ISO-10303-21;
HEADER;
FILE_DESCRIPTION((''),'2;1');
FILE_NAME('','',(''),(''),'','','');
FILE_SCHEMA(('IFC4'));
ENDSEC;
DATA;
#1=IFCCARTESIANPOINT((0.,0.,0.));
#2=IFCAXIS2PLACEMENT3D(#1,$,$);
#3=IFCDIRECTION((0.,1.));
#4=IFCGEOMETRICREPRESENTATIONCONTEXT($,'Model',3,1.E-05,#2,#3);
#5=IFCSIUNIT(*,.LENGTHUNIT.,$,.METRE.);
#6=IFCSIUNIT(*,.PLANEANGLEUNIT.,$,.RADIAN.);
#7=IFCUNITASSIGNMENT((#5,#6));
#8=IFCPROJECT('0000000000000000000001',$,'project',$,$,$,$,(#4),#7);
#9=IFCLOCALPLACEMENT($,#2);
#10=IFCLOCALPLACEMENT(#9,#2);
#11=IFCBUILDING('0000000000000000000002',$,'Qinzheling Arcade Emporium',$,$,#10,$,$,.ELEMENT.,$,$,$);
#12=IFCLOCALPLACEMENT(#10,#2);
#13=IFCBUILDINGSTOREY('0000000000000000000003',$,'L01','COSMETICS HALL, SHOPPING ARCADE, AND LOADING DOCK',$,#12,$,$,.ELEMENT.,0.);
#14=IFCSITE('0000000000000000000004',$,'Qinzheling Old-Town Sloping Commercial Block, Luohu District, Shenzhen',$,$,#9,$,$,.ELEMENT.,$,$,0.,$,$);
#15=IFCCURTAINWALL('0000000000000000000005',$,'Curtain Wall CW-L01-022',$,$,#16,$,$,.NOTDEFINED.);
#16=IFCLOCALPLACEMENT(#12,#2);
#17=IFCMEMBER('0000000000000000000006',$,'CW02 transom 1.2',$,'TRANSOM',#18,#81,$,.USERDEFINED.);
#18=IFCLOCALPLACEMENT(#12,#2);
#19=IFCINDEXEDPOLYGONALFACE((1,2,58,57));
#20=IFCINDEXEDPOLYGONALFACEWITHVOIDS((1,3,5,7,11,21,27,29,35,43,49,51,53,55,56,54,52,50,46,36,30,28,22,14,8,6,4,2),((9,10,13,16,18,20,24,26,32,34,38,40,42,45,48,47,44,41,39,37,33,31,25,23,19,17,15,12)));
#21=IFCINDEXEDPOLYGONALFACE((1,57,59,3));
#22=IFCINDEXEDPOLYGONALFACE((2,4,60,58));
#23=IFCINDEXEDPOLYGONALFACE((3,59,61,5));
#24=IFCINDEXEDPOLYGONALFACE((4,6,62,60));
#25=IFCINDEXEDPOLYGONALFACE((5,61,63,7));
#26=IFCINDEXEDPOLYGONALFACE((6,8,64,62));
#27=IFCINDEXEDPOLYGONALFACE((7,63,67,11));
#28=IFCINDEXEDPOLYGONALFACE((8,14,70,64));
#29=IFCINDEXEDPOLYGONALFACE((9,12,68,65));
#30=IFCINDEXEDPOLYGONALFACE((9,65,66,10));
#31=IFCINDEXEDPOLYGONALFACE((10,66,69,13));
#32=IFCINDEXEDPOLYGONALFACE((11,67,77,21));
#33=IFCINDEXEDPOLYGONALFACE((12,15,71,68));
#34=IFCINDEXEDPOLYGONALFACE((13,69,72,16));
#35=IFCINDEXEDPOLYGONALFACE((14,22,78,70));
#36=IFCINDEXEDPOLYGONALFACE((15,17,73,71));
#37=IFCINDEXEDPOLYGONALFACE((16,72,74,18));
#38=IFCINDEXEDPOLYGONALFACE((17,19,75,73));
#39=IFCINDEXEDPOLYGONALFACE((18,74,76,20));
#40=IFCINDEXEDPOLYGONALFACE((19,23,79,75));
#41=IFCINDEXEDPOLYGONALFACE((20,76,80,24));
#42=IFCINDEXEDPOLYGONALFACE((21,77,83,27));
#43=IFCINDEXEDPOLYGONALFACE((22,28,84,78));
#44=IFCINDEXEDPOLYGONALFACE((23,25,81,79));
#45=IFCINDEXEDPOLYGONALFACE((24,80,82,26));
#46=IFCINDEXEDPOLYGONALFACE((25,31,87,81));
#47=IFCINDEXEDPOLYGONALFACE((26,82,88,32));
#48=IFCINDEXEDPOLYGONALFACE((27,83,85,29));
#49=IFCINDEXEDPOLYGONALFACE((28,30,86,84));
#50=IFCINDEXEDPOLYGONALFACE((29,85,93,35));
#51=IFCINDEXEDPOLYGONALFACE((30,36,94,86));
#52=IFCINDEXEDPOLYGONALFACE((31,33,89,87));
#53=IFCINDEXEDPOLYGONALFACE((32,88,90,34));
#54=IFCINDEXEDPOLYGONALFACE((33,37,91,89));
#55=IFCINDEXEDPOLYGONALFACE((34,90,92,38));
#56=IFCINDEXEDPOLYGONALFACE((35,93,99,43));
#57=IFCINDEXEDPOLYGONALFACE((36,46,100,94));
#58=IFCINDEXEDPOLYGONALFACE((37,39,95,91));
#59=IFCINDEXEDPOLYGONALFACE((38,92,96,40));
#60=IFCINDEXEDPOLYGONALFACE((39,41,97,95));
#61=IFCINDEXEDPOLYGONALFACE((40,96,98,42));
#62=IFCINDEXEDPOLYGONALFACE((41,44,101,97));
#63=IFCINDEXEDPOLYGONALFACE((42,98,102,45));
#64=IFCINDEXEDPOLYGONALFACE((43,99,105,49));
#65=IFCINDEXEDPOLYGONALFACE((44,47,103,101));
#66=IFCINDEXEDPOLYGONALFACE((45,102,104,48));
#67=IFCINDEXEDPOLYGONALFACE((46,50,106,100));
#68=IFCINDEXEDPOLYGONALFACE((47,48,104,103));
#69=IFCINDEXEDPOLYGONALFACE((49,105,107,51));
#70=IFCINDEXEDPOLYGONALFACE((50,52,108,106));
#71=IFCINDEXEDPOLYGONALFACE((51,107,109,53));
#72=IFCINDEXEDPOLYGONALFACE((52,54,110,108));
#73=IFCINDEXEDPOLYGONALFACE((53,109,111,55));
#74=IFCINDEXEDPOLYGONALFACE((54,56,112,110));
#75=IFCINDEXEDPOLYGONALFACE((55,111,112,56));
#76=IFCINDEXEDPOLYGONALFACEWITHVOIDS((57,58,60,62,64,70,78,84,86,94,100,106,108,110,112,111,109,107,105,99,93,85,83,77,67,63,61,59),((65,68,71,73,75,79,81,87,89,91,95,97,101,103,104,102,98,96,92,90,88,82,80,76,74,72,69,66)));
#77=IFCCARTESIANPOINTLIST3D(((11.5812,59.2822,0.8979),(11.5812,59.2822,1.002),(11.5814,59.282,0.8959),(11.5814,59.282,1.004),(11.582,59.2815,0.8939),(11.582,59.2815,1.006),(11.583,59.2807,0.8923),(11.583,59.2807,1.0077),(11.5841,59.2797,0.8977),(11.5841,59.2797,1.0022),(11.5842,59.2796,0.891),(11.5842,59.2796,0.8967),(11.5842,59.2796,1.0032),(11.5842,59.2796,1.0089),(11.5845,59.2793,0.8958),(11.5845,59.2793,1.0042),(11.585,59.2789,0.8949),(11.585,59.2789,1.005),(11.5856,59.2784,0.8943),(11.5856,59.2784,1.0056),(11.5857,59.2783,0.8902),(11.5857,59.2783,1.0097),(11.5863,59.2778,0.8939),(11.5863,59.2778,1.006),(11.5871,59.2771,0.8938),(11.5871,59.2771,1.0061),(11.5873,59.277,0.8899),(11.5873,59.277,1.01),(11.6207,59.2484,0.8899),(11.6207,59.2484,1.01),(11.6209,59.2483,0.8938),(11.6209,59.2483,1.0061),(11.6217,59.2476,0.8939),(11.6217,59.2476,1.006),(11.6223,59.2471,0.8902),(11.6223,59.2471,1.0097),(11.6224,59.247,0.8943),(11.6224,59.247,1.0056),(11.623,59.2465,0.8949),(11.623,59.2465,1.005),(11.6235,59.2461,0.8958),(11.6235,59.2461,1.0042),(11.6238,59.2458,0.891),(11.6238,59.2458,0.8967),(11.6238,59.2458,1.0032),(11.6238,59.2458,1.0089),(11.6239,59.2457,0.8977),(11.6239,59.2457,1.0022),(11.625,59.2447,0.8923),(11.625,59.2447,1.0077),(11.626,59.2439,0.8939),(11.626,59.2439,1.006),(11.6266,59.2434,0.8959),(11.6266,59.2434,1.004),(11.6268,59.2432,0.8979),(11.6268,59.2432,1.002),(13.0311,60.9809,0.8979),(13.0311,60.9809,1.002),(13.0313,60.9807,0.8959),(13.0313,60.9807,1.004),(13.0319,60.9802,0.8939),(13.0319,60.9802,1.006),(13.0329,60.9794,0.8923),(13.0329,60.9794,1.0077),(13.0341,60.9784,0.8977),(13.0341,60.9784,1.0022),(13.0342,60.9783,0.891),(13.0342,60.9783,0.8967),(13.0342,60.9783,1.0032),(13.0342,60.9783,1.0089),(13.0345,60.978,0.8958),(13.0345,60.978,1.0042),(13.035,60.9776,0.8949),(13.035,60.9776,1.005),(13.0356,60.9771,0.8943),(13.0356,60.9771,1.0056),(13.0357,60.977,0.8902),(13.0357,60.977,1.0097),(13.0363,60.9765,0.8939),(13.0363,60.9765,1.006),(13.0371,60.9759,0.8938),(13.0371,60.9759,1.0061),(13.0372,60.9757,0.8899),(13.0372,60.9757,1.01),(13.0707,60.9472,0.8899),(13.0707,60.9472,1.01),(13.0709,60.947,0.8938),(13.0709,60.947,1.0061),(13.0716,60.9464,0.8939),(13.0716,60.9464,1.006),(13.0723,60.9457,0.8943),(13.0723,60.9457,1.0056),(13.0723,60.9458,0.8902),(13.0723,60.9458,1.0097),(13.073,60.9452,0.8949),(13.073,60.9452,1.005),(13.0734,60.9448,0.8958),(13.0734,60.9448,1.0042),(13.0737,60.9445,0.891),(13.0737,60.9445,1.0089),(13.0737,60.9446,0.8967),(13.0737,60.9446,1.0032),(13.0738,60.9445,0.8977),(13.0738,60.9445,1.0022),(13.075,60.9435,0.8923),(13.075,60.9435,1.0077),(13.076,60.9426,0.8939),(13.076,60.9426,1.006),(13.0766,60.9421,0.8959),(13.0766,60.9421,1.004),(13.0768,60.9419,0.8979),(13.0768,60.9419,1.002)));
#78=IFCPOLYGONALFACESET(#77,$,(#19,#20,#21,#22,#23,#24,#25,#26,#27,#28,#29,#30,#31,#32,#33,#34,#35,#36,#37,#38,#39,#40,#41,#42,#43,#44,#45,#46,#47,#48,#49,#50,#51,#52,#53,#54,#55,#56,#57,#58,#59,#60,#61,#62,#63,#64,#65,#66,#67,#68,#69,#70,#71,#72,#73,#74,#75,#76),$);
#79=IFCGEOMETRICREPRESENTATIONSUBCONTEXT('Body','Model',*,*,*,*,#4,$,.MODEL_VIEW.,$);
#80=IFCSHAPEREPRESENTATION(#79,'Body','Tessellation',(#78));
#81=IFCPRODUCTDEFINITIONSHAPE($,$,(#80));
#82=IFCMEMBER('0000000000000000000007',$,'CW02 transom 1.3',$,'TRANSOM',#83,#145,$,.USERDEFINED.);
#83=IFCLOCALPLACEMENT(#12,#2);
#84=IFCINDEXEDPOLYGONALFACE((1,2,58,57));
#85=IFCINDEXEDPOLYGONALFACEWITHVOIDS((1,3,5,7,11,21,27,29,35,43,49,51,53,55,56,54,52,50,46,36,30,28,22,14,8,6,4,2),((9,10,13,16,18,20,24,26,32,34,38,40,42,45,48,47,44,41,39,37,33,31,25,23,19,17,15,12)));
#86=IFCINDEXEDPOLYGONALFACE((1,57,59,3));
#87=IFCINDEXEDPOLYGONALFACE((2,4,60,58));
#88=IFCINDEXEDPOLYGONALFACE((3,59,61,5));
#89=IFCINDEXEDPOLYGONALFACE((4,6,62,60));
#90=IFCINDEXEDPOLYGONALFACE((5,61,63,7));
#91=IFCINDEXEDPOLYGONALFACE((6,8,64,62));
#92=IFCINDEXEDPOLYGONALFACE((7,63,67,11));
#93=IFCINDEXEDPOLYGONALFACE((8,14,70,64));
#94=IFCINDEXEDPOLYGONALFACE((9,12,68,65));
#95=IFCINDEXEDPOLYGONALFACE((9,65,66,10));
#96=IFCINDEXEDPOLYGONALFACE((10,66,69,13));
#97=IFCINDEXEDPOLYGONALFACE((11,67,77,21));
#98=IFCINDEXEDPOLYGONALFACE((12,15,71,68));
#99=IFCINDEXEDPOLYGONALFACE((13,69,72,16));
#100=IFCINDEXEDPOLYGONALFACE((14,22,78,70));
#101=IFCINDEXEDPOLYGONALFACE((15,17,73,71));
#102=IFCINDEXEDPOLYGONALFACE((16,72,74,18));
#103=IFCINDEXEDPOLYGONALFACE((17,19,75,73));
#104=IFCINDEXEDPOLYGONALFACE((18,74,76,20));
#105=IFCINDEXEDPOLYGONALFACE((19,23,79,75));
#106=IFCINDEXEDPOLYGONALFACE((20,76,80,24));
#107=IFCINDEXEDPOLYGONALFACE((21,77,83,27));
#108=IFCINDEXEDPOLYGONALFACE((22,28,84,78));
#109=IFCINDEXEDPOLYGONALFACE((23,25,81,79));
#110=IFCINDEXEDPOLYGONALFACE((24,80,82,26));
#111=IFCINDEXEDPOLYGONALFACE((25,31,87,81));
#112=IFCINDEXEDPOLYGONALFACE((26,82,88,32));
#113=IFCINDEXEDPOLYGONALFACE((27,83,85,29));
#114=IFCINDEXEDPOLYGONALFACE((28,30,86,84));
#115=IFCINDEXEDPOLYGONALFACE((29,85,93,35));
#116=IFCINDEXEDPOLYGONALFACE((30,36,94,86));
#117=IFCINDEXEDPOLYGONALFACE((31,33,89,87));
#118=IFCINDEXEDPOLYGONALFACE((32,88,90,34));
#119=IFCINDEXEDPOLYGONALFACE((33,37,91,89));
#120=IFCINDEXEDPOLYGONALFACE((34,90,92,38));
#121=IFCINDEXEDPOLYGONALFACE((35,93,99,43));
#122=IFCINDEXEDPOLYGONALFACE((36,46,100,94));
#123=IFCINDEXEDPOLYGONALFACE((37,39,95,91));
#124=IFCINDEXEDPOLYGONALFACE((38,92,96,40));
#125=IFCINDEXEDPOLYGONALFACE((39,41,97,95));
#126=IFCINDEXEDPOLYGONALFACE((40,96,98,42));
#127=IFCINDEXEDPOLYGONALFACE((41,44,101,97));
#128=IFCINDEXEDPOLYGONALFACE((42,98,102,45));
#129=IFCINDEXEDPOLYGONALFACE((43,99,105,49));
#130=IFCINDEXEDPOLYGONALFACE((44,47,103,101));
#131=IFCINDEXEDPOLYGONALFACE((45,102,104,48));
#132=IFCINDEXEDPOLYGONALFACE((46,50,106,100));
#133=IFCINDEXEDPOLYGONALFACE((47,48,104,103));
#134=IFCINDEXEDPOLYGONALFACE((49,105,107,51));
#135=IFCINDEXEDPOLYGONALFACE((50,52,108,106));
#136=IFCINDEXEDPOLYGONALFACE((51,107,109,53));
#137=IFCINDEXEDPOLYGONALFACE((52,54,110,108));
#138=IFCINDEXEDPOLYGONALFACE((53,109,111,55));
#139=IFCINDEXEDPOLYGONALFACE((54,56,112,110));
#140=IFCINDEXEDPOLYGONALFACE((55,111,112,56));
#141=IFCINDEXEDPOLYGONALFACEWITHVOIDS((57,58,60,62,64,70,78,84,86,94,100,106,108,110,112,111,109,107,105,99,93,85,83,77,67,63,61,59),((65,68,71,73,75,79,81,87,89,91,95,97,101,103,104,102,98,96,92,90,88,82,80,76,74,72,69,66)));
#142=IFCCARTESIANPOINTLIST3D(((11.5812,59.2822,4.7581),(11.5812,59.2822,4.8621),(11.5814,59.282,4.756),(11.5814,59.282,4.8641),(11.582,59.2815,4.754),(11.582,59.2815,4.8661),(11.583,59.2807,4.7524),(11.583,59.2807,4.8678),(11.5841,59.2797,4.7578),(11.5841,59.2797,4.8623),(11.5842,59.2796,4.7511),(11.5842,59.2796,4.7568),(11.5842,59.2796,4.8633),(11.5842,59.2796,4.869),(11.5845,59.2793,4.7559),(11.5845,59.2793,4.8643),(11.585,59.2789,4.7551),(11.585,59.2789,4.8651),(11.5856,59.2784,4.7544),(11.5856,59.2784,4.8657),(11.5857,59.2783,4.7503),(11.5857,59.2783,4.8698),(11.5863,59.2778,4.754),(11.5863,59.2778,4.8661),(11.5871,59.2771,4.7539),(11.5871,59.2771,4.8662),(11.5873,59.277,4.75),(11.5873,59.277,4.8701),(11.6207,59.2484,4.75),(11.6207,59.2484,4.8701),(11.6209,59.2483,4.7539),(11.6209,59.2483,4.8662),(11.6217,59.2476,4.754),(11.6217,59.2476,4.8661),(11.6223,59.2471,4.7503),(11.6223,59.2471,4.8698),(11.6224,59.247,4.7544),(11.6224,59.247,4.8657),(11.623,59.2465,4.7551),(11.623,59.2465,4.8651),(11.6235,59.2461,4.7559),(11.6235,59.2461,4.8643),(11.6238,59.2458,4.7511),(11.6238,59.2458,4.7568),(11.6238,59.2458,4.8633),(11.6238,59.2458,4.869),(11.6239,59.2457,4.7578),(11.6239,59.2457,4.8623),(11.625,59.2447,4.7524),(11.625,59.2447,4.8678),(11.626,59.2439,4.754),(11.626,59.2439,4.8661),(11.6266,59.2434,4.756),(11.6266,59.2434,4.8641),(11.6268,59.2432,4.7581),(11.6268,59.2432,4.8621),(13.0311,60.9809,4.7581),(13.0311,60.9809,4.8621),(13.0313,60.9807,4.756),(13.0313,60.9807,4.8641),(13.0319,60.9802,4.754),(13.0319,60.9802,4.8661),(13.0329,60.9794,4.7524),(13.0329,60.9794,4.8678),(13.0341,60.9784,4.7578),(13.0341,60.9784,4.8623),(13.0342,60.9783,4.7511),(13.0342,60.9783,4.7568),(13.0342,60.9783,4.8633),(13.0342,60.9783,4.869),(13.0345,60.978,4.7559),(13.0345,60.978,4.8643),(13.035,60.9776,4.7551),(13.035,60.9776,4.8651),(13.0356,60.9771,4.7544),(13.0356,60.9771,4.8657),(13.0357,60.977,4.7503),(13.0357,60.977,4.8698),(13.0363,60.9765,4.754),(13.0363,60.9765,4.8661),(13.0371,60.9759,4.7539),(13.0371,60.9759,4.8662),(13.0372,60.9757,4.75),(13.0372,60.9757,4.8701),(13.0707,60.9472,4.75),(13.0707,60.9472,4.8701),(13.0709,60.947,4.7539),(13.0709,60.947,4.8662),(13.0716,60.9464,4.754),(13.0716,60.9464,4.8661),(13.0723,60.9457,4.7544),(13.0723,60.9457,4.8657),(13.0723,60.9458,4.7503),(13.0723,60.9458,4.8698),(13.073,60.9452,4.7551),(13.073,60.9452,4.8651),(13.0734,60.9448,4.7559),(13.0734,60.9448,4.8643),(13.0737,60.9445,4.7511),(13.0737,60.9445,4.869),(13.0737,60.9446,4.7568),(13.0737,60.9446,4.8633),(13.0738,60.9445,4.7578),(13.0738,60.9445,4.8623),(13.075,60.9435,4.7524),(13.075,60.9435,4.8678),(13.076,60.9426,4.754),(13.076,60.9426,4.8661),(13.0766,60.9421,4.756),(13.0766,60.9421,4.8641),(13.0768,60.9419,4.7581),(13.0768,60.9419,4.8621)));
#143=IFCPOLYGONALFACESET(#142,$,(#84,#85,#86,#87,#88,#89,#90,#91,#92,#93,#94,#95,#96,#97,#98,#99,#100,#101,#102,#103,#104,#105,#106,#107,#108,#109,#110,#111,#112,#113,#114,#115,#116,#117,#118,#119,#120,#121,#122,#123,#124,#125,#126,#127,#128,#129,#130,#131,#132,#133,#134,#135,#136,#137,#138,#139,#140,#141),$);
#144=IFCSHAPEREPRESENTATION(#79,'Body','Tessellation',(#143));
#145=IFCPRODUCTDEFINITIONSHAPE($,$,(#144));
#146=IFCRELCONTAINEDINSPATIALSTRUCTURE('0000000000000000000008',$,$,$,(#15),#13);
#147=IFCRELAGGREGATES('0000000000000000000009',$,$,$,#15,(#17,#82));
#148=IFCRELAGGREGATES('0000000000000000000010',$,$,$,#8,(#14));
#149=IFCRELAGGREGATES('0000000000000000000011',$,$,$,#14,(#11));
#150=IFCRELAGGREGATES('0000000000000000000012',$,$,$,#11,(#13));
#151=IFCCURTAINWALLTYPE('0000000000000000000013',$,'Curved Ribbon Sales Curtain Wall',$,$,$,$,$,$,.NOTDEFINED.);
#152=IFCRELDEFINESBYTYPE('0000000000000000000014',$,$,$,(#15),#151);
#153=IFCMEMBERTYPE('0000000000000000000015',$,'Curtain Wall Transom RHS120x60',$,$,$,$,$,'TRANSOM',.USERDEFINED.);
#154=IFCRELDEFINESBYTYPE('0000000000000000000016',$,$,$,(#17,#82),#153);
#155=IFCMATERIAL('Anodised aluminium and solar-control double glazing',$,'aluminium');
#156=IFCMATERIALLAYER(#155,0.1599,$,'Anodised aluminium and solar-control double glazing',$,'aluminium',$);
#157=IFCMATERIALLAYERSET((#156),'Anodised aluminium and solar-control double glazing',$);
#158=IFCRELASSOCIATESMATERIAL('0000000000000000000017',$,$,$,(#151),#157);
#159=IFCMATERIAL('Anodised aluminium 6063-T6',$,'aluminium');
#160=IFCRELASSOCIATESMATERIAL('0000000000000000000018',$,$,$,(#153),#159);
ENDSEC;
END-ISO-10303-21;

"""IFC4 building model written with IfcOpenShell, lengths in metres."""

from ifc_helpers import new_model, si_unit, direction, frame, origin, origin_2d, place, context, subcontext, project, spatial, hollow_rectangle, extrude, material, layer, layer_set, material_profile, profile_set, type_object, element, aggregate, save


model = new_model("IFC4")

# Units and contexts
model_context = context("Model", 3, precision=1e-05, world=origin(), true_north=direction((0.0, 1.0)))
body_context = subcontext(model_context, "Body", "Model", "MODEL_VIEW")
ifc_project = project(units=[si_unit("LENGTHUNIT", "METRE"), si_unit("PLANEANGLEUNIT", "RADIAN")], contexts=[model_context])

# Site, building, storey
site_placement = place(None, origin())
site = spatial("IfcSite", under=ifc_project, at=site_placement, Name="Qinzheling Old-Town Sloping Commercial Block, Luohu District, Shenzhen", CompositionType="ELEMENT", RefElevation=0.0)
building_placement = place(site_placement, origin())
building = spatial("IfcBuilding", under=site, at=building_placement, Name="Qinzheling Arcade Emporium", CompositionType="ELEMENT")
storey_placement = place(building_placement, origin())
storey = spatial("IfcBuildingStorey", under=building, at=storey_placement, Name="L01", Description="COSMETICS HALL, SHOPPING ARCADE, AND LOADING DOCK", CompositionType="ELEMENT", Elevation=0.0)

# Shared definitions
ifc_material_1 = material(Name="Anodised aluminium and solar-control double glazing", Category="aluminium")
ifc_layer_1 = layer(ifc_material_1, 0.1599, Name="Anodised aluminium and solar-control double glazing", Category="aluminium")
ifc_layer_set_1 = layer_set([ifc_layer_1], Name="Anodised aluminium and solar-control double glazing")
curtain_wall_type = type_object("IfcCurtainWallType", Name="Curved Ribbon Sales Curtain Wall", PredefinedType="NOTDEFINED", material=ifc_layer_set_1)
ifc_material_2 = material(Name="Anodised aluminium 6063-T6", Category="aluminium")

# Curtain wall
curtain_wall_1_placement = place(storey_placement, origin())
curtain_wall_1 = element("IfcCurtainWall", 1, at=curtain_wall_1_placement, inside=storey, type_object=curtain_wall_type, Name="Curtain Wall CW-L01-022", PredefinedType="NOTDEFINED")

# Members
ifc_material_profile_1 = material_profile(ifc_material_2, hollow_rectangle(XDim=0.0601, YDim=0.1201, WallThickness=0.0039, InnerFilletRadius=0.0039, OuterFilletRadius=0.0081, at=origin_2d()), Name="RHS 120x60x4", Category="aluminium")
ifc_profile_set_1 = profile_set([ifc_material_profile_1], Name="Anodised aluminium 6063-T6")
member_type_1 = type_object("IfcMemberType", Name="Curtain Wall Transom RHS120x60", ElementType="TRANSOM", PredefinedType="USERDEFINED", material=ifc_profile_set_1)
member_1_placement = place(storey_placement, frame((11.604, 59.2627, 0.95), z_axis=(0.649215, 0.760605, 0.0), x_axis=(-0.760605, 0.649215, 0.0)))
member_1 = element("IfcMember", 2, at=member_1_placement, type_object=member_type_1, Name="CW02 transom 1.2", ObjectType="TRANSOM", PredefinedType="USERDEFINED", context=body_context, shape_type="SweptSolid", body=[
    extrude(hollow_rectangle(XDim=0.0601, YDim=0.1201, WallThickness=0.0039, InnerFilletRadius=0.0039, OuterFilletRadius=0.0081, at=origin_2d()), origin(), (0.0, 0.0, 1.0), 2.2334),
])
member_2_placement = place(storey_placement, frame((11.604, 59.2627, 4.8101), z_axis=(0.649215, 0.760605, 0.0), x_axis=(-0.760605, 0.649215, 0.0)))
member_2 = element("IfcMember", 3, at=member_2_placement, type_object=member_type_1, Name="CW02 transom 1.3", ObjectType="TRANSOM", PredefinedType="USERDEFINED", context=body_context, shape_type="SweptSolid", body=[
    extrude(hollow_rectangle(XDim=0.0601, YDim=0.1201, WallThickness=0.0039, InnerFilletRadius=0.0039, OuterFilletRadius=0.0081, at=origin_2d()), origin(), (0.0, 0.0, 1.0), 2.2334),
])

aggregate(curtain_wall_1, [member_1, member_2])

save(model, "model.ifc")
